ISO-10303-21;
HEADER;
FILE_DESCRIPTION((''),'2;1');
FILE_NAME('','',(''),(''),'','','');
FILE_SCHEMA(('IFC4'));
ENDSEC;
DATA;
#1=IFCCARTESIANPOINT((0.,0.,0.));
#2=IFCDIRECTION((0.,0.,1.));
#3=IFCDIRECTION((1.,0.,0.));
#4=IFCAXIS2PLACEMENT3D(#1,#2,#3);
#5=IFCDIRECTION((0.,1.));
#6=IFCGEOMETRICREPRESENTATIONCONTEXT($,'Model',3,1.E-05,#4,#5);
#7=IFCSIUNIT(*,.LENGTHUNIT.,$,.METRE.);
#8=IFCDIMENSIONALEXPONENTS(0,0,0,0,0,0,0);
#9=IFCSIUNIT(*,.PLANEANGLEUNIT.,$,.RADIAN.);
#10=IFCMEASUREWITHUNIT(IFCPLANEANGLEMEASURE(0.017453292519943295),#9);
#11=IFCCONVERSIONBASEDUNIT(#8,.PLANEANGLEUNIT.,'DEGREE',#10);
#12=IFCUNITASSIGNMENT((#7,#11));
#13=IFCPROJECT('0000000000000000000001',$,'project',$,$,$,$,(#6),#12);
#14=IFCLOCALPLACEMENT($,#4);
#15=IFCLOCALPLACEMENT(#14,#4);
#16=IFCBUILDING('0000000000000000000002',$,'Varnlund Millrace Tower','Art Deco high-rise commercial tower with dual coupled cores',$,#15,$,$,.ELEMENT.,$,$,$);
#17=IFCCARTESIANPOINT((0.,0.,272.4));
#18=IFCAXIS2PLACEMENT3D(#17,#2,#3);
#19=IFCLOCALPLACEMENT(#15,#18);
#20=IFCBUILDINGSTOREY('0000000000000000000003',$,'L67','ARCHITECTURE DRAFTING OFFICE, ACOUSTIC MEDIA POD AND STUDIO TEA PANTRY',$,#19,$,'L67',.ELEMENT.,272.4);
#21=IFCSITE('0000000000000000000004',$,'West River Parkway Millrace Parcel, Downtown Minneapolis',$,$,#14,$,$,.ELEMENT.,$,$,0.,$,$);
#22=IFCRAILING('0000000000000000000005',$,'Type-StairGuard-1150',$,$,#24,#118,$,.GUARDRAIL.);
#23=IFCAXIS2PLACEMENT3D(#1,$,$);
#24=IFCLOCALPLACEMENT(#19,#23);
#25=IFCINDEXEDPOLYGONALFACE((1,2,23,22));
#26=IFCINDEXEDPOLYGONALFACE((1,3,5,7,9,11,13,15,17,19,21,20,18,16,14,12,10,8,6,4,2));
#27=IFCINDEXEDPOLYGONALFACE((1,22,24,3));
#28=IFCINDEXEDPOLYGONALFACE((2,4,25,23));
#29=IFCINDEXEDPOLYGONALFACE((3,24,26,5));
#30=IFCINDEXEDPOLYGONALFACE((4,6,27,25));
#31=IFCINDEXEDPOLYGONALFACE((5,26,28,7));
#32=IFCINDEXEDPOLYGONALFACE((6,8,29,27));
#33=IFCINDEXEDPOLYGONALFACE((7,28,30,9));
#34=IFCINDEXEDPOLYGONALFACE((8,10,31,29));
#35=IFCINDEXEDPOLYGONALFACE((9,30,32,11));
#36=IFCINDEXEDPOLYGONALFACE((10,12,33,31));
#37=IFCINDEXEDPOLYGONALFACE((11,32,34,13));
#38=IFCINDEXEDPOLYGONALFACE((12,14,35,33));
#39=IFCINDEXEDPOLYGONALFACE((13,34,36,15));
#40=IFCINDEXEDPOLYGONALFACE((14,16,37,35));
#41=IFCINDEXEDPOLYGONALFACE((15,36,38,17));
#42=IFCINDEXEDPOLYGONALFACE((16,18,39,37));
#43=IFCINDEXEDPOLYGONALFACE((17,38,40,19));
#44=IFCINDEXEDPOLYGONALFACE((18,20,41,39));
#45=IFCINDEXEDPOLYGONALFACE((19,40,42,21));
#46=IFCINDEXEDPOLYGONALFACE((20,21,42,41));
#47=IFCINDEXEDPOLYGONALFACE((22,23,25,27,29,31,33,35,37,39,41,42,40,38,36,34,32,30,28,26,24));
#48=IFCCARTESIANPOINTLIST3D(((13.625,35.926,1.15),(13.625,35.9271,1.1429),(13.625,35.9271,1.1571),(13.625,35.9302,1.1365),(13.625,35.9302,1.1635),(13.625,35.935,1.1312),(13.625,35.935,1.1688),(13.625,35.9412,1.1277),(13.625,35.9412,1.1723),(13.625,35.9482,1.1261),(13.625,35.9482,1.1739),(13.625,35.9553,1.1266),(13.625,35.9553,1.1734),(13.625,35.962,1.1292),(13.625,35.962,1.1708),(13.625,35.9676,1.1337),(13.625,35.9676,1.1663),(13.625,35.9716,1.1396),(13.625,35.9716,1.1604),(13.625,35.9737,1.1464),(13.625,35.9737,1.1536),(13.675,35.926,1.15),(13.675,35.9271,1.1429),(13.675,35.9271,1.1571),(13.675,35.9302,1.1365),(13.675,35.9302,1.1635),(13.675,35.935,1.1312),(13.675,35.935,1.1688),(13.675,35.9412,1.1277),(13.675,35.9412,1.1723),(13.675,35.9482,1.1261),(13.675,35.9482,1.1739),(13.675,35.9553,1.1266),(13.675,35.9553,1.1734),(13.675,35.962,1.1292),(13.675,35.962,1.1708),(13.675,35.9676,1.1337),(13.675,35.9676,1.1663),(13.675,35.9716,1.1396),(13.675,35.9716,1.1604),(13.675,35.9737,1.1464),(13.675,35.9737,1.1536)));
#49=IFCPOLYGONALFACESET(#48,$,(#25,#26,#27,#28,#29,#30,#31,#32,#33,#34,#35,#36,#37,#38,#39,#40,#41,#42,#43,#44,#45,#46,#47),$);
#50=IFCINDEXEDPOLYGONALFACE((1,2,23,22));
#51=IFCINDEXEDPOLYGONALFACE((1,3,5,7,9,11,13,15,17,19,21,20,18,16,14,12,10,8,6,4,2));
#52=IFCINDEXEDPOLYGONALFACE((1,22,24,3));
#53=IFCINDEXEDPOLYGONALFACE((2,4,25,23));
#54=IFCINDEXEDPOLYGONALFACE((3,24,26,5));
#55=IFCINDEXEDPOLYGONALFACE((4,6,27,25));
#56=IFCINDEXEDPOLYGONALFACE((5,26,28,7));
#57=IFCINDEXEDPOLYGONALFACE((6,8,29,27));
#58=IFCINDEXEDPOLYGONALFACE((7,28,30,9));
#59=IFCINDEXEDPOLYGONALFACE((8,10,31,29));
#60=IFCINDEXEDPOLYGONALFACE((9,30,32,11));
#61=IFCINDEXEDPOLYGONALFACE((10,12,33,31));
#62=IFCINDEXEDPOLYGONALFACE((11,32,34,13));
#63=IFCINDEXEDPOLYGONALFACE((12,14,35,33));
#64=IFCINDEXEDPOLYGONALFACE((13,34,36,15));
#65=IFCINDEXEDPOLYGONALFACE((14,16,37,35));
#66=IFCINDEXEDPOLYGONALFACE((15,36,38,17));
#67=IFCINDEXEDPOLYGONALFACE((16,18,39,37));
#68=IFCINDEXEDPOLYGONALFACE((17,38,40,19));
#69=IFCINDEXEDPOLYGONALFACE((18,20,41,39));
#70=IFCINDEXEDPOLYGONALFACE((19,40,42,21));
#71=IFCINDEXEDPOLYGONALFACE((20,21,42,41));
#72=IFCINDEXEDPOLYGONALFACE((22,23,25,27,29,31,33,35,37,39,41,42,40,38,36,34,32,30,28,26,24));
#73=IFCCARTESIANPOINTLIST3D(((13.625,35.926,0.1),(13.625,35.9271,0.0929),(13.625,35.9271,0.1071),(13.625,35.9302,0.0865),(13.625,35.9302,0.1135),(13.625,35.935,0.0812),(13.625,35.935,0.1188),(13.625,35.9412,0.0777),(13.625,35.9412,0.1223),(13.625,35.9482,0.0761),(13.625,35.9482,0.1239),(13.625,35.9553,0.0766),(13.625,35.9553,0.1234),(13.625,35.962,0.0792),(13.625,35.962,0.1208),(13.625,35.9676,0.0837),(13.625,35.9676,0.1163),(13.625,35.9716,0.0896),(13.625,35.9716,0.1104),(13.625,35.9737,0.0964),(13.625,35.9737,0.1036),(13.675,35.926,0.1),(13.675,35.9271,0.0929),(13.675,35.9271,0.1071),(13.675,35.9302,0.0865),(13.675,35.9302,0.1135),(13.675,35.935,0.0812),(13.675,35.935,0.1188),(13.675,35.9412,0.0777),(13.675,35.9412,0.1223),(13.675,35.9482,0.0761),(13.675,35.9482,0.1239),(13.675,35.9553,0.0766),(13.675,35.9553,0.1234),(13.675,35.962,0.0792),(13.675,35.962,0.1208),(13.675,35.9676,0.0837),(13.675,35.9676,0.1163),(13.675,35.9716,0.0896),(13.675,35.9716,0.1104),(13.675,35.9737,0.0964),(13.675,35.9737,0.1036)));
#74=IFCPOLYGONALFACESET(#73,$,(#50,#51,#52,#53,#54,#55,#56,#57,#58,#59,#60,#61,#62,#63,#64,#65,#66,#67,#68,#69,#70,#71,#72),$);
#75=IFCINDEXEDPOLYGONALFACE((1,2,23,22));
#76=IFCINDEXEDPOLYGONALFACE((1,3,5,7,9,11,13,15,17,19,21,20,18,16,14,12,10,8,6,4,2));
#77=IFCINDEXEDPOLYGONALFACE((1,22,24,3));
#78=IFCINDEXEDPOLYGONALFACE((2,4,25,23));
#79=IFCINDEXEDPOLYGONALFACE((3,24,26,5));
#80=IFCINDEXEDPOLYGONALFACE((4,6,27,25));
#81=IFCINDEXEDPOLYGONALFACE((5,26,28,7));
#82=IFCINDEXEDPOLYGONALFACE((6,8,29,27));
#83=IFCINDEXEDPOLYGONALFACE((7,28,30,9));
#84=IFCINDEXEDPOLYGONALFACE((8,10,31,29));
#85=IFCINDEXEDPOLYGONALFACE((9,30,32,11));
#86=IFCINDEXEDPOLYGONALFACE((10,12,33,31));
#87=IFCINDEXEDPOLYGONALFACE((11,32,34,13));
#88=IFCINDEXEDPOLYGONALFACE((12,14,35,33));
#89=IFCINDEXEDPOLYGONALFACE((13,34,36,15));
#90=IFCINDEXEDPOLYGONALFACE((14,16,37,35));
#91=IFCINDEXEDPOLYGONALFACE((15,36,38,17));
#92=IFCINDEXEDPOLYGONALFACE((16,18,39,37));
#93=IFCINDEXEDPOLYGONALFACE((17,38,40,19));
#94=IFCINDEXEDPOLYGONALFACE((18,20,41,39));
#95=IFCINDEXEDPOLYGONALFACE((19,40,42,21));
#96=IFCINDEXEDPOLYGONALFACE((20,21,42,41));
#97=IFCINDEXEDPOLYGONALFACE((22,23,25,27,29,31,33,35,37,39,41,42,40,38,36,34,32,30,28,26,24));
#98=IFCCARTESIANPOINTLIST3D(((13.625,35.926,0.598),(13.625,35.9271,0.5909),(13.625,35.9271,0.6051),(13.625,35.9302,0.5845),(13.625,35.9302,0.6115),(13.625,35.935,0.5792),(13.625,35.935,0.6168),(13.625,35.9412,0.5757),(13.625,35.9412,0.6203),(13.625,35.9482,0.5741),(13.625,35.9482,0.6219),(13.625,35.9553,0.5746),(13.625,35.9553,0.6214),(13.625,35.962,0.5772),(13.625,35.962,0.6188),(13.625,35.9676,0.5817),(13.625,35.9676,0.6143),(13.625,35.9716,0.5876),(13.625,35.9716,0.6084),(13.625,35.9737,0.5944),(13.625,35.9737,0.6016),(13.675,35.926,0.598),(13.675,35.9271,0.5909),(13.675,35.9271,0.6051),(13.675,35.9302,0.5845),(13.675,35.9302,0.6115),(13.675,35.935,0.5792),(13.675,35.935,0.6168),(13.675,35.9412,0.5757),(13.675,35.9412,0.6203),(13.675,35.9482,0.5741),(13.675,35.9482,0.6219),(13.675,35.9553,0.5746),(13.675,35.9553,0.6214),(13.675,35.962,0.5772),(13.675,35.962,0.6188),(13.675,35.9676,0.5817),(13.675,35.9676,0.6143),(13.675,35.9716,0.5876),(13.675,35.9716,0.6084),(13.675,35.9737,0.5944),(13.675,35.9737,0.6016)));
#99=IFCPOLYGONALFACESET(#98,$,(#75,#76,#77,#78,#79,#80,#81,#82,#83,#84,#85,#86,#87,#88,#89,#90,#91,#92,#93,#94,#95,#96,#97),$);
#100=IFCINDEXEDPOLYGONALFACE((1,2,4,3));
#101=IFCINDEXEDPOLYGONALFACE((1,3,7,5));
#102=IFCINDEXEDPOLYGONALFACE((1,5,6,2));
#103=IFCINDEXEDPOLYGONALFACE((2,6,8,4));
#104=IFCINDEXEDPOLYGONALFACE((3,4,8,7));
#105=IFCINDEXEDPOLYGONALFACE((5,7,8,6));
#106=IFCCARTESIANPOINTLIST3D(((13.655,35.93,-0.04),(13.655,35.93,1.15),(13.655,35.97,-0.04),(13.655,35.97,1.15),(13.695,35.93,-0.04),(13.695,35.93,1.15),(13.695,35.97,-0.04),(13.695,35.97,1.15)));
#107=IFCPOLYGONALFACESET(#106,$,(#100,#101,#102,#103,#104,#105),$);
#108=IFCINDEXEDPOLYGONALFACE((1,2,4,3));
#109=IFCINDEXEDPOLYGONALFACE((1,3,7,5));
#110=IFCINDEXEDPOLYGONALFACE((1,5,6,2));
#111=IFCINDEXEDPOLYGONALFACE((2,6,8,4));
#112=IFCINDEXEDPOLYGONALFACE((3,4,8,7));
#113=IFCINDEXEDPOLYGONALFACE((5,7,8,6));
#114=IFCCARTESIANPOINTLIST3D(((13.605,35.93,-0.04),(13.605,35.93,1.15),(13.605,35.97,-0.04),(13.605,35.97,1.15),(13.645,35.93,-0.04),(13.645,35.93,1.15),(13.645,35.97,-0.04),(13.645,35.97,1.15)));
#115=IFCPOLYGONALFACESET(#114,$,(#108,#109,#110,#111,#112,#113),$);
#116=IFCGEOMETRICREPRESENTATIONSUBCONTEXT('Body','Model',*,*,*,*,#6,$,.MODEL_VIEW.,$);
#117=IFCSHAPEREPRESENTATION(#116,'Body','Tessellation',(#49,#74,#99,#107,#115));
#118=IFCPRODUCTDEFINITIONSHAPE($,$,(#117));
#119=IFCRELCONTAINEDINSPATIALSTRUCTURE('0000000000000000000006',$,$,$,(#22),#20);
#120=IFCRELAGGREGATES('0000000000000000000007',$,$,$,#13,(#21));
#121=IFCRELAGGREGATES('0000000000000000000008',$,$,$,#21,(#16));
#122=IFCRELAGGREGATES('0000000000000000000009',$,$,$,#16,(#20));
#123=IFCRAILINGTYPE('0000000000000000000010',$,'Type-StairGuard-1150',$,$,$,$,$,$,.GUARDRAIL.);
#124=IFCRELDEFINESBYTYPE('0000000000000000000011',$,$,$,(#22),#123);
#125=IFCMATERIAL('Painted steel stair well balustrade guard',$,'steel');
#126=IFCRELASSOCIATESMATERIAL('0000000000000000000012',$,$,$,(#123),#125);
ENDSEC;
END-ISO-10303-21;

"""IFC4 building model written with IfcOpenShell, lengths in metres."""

from ifc_helpers import new_model, entity, si_unit, converted_unit, direction, frame, origin_with_axes, origin_2d_with_axis, place, context, subcontext, project, spatial, rectangle, circle, extrude, material, type_object, element, save


model = new_model("IFC4")

# Units and contexts
model_context = context("Model", 3, precision=1e-05, world=origin_with_axes(), true_north=direction((0.0, 1.0)))
body_context = subcontext(model_context, "Body", "Model", "MODEL_VIEW")
ifc_project = project(units=[si_unit("LENGTHUNIT", "METRE"), converted_unit("PLANEANGLEUNIT", "DEGREE", entity("IfcPlaneAngleMeasure", 0.017453292519943295), si_unit("PLANEANGLEUNIT", "RADIAN"), dimensions=[0, 0, 0, 0, 0, 0, 0])], contexts=[model_context])

# Site, building, storey
site_placement = place(None, origin_with_axes())
site = spatial("IfcSite", under=ifc_project, at=site_placement, Name="West River Parkway Millrace Parcel, Downtown Minneapolis", CompositionType="ELEMENT", RefElevation=0.0)
building_placement = place(site_placement, origin_with_axes())
building = spatial("IfcBuilding", under=site, at=building_placement, Name="Varnlund Millrace Tower", Description="Art Deco high-rise commercial tower with dual coupled cores", CompositionType="ELEMENT")
storey_placement = place(building_placement, frame((0.0, 0.0, 272.4), z_axis=(0.0, 0.0, 1.0), x_axis=(1.0, 0.0, 0.0)))
storey = spatial("IfcBuildingStorey", under=building, at=storey_placement, Name="L67", Description="ARCHITECTURE DRAFTING OFFICE, ACOUSTIC MEDIA POD AND STUDIO TEA PANTRY", LongName="L67", CompositionType="ELEMENT", Elevation=272.4)

# Railing
ifc_material_1 = material(Name="Painted steel stair well balustrade guard", Category="steel")
railing_type_1 = type_object("IfcRailingType", Name="Type-StairGuard-1150", PredefinedType="GUARDRAIL", material=ifc_material_1)
railing_1_placement = place(storey_placement, frame((0.0, 0.0, -272.4), z_axis=(0.0, 0.0, 1.0), x_axis=(1.0, 0.0, 0.0)))
element("IfcRailing", 1, at=railing_1_placement, inside=storey, type_object=railing_type_1, Name="Type-StairGuard-1150", PredefinedType="GUARDRAIL", context=body_context, shape_type="SweptSolid", body=[
    extrude(circle(Radius=0.024, at=origin_2d_with_axis()), frame((13.675, 35.95, 273.55), z_axis=(-1.0, 0.0, 0.0), x_axis=(0.0, -1.0, 0.0)), (0.0, 0.0, 1.0), 0.05),
    extrude(circle(Radius=0.024, at=origin_2d_with_axis()), frame((13.675, 35.95, 272.5), z_axis=(-1.0, 0.0, 0.0), x_axis=(0.0, -1.0, 0.0)), (0.0, 0.0, 1.0), 0.05),
    extrude(circle(Radius=0.024, at=origin_2d_with_axis()), frame((13.675, 35.95, 272.998), z_axis=(-1.0, 0.0, 0.0), x_axis=(0.0, -1.0, 0.0)), (0.0, 0.0, 1.0), 0.05),
    extrude(rectangle(XDim=0.04, YDim=0.04, at=origin_2d_with_axis()), frame((13.675, 35.95, 272.36), z_axis=(0.0, 0.0, 1.0), x_axis=(1.0, 0.0, 0.0)), (0.0, 0.0, 1.0), 1.19),
    extrude(rectangle(XDim=0.04, YDim=0.04, at=origin_2d_with_axis()), frame((13.625, 35.95, 272.36), z_axis=(0.0, 0.0, 1.0), x_axis=(1.0, 0.0, 0.0)), (0.0, 0.0, 1.0), 1.19),
])

save(model, "model.ifc")
